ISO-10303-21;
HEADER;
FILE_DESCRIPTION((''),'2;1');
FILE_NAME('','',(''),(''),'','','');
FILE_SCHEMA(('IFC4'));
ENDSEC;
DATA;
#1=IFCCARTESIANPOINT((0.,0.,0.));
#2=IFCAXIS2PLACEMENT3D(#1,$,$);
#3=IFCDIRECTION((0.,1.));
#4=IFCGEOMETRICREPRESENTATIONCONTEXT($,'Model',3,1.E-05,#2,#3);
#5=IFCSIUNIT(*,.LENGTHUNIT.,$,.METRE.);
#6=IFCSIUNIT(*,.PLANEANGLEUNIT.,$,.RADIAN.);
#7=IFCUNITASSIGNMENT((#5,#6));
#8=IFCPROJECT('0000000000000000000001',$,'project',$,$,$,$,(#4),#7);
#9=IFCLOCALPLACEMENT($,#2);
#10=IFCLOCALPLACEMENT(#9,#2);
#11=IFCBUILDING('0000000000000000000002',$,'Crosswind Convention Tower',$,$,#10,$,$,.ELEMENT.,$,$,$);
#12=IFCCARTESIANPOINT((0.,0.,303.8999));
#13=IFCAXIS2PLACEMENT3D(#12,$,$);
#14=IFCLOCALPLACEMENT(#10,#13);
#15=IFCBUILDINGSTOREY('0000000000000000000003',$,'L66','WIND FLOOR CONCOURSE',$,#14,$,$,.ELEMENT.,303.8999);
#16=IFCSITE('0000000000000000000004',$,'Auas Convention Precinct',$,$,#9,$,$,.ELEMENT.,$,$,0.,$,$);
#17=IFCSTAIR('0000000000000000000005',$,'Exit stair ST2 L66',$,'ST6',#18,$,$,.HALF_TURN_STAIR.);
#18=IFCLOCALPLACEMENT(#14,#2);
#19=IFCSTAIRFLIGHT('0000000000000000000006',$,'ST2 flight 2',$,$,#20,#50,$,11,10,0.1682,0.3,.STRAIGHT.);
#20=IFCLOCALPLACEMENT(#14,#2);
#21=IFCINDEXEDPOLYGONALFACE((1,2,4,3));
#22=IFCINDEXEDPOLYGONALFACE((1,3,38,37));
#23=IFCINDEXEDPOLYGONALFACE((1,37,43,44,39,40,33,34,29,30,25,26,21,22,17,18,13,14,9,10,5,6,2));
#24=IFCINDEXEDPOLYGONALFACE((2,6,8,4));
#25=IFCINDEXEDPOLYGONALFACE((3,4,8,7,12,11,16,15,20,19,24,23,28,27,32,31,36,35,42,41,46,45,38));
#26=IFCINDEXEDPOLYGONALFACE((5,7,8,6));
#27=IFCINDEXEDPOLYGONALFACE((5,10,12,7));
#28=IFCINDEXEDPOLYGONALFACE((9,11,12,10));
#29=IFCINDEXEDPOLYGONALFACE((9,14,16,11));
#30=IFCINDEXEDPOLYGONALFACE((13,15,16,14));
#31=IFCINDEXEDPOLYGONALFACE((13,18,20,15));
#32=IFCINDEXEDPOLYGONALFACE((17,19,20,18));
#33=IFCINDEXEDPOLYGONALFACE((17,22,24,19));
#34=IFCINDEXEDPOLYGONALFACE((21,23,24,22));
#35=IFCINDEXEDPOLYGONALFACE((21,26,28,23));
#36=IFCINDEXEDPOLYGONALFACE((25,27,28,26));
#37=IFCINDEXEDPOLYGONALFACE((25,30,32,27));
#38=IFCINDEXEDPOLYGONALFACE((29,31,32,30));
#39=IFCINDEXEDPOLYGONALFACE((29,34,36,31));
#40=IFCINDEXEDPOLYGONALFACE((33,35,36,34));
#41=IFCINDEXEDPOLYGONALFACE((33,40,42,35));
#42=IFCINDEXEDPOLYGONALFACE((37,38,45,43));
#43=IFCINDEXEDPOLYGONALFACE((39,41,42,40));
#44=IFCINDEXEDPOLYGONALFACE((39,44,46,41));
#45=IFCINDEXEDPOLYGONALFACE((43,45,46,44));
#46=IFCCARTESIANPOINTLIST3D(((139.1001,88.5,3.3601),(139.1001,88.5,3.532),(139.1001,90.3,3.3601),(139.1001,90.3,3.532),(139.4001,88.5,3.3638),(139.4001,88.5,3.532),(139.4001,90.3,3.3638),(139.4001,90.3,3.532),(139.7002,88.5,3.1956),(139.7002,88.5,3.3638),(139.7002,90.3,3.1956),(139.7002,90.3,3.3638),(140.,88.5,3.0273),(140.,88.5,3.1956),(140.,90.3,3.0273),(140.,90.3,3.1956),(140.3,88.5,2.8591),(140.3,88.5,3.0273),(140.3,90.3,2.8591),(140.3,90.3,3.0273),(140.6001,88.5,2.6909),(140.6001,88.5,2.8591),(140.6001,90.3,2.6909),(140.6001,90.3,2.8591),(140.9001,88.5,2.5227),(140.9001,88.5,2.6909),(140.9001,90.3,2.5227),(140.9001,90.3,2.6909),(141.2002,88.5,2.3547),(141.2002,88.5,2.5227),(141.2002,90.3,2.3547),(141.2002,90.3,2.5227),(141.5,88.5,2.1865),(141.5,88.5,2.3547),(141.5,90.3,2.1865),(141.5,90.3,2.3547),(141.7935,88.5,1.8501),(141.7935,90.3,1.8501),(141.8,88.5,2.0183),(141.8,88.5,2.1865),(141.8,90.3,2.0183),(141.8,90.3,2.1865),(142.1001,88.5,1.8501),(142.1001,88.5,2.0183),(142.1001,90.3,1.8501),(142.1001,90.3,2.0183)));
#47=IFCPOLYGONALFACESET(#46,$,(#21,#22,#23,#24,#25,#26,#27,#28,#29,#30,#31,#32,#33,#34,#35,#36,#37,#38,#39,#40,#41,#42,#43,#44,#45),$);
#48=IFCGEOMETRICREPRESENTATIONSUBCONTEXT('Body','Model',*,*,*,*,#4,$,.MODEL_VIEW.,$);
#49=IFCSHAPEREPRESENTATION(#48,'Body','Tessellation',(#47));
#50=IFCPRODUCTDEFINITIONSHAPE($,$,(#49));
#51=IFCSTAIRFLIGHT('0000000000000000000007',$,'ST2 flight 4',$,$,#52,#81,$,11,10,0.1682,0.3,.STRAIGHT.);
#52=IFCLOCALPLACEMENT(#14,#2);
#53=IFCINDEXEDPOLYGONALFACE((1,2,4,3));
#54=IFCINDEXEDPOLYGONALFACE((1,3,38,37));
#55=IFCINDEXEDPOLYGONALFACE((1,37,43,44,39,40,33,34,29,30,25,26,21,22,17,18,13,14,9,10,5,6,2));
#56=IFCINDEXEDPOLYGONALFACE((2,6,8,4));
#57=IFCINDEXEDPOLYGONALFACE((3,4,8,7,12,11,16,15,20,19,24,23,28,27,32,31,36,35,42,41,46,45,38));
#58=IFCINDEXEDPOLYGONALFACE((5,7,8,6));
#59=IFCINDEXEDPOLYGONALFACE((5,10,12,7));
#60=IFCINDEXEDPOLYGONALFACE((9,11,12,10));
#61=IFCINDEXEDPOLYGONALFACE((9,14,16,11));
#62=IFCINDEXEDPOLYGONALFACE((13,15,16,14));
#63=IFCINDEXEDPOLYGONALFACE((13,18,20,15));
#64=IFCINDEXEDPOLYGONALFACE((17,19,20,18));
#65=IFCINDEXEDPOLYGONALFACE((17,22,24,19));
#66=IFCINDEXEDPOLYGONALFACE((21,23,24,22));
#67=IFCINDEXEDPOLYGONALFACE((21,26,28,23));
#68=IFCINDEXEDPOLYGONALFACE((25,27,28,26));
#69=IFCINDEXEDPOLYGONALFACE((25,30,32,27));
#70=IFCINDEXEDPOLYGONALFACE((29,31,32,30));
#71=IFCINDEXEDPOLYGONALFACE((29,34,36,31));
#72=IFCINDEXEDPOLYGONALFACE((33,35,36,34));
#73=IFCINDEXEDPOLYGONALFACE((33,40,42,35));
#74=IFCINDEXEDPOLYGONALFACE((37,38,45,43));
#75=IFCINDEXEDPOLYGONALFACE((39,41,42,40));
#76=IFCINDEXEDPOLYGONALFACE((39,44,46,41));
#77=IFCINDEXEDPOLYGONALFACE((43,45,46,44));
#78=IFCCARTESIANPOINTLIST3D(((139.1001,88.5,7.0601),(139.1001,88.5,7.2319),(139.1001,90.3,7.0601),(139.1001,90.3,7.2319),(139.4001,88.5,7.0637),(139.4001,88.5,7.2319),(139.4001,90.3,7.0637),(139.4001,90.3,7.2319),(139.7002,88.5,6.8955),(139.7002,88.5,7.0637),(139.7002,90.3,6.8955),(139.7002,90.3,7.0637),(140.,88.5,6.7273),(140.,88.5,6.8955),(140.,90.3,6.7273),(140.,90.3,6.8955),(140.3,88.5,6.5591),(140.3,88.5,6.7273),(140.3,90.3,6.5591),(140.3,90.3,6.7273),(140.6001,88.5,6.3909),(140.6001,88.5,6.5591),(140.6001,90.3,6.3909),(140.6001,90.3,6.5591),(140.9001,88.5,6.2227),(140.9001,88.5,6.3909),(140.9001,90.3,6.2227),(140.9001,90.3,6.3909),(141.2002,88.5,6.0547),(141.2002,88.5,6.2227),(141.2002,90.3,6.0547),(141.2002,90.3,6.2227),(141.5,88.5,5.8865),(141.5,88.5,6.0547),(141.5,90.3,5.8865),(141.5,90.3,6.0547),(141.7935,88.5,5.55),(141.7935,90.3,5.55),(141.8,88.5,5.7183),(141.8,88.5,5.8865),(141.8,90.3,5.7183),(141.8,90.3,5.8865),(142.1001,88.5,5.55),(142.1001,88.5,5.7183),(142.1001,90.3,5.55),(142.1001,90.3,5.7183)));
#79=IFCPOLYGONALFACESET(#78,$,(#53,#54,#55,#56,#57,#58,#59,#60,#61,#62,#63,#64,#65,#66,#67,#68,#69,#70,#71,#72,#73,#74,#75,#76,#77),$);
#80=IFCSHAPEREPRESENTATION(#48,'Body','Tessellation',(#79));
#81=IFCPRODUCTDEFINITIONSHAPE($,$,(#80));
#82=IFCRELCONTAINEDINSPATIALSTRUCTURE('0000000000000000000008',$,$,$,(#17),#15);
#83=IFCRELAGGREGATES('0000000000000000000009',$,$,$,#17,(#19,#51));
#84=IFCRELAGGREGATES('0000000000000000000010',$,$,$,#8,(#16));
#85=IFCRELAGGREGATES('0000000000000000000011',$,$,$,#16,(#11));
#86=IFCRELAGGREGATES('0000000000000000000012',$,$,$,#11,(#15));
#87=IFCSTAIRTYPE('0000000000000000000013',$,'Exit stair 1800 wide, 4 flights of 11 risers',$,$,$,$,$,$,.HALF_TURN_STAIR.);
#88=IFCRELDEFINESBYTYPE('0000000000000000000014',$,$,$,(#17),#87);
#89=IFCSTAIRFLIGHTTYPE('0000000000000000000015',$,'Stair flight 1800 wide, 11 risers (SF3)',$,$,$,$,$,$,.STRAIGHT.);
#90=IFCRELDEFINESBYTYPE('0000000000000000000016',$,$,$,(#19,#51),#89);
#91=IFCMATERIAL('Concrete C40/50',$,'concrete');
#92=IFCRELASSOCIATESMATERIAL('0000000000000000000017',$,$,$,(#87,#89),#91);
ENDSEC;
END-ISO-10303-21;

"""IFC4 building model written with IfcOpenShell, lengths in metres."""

from ifc_helpers import new_model, si_unit, direction, frame, origin, place, context, subcontext, project, spatial, polyline, outline, extrude, material, type_object, element, aggregate, save


model = new_model("IFC4")

# Units and contexts
model_context = context("Model", 3, precision=1e-05, world=origin(), true_north=direction((0.0, 1.0)))
body_context = subcontext(model_context, "Body", "Model", "MODEL_VIEW")
ifc_project = project(units=[si_unit("LENGTHUNIT", "METRE"), si_unit("PLANEANGLEUNIT", "RADIAN")], contexts=[model_context])

# Site, building, storey
site_placement = place(None, origin())
site = spatial("IfcSite", under=ifc_project, at=site_placement, Name="Auas Convention Precinct", CompositionType="ELEMENT", RefElevation=0.0)
building_placement = place(site_placement, origin())
building = spatial("IfcBuilding", under=site, at=building_placement, Name="Crosswind Convention Tower", CompositionType="ELEMENT")
storey_placement = place(building_placement, frame((0.0, 0.0, 303.8999)))
storey = spatial("IfcBuildingStorey", under=building, at=storey_placement, Name="L66", Description="WIND FLOOR CONCOURSE", CompositionType="ELEMENT", Elevation=303.8999)

# Stair, stair flights
ifc_material_1 = material(Name="Concrete C40/50", Category="concrete")
stair_type = type_object("IfcStairType", Name="Exit stair 1800 wide, 4 flights of 11 risers", PredefinedType="HALF_TURN_STAIR", material=ifc_material_1)
stair_placement = place(storey_placement, origin())
stair = element("IfcStair", 1, at=stair_placement, inside=storey, type_object=stair_type, Name="Exit stair ST2 L66", ObjectType="ST6", PredefinedType="HALF_TURN_STAIR")
stair_flight_type = type_object("IfcStairFlightType", Name="Stair flight 1800 wide, 11 risers (SF3)", PredefinedType="STRAIGHT", material=ifc_material_1)
stair_flight_1_placement = place(storey_placement, frame((142.1001, 89.3999, 1.8501), z_axis=(0.0, 0.0, 1.0), x_axis=(-1.0, 0.0, 0.0)))
stair_flight_1 = element("IfcStairFlight", 2, at=stair_flight_1_placement, type_object=stair_flight_type, Name="ST2 flight 2", NumberOfRisers=11, NumberOfTreads=10, PredefinedType="STRAIGHT", RiserHeight=0.1682, TreadLength=0.3, context=body_context, shape_type="SweptSolid", body=[
    extrude(outline(polyline([(0.0, 0.0), (0.0, 0.1682), (0.3, 0.1682), (0.3, 0.3364), (0.6001, 0.3364), (0.6001, 0.5046), (0.8999, 0.5046), (0.8999, 0.6726), (1.2, 0.6726), (1.2, 0.8408), (1.5, 0.8408), (1.5, 1.009), (1.8, 1.009), (1.8, 1.1772), (2.1001, 1.1772), (2.1001, 1.3455), (2.3999, 1.3455), (2.3999, 1.5137), (2.7, 1.5137), (2.7, 1.6819), (3.0, 1.6819), (3.0, 1.8501), (3.0, 1.51), (0.3066, 0.0), (0.0, 0.0)])), frame((0.0, 0.8999, 0.0), z_axis=(0.0, -1.0, 0.0), x_axis=(1.0, 0.0, 0.0)), (0.0, 0.0, 1.0), 1.8),
])
stair_flight_2_placement = place(storey_placement, frame((142.1001, 89.3999, 5.55), z_axis=(0.0, 0.0, 1.0), x_axis=(-1.0, 0.0, 0.0)))
stair_flight_2 = element("IfcStairFlight", 3, at=stair_flight_2_placement, type_object=stair_flight_type, Name="ST2 flight 4", NumberOfRisers=11, NumberOfTreads=10, PredefinedType="STRAIGHT", RiserHeight=0.1682, TreadLength=0.3, context=body_context, shape_type="SweptSolid", body=[
    extrude(outline(polyline([(0.0, 0.0), (0.0, 0.1682), (0.3, 0.1682), (0.3, 0.3364), (0.6001, 0.3364), (0.6001, 0.5046), (0.8999, 0.5046), (0.8999, 0.6726), (1.2, 0.6726), (1.2, 0.8408), (1.5, 0.8408), (1.5, 1.009), (1.8, 1.009), (1.8, 1.1772), (2.1001, 1.1772), (2.1001, 1.3455), (2.3999, 1.3455), (2.3999, 1.5137), (2.7, 1.5137), (2.7, 1.6819), (3.0, 1.6819), (3.0, 1.8501), (3.0, 1.51), (0.3066, 0.0), (0.0, 0.0)])), frame((0.0, 0.8999, 0.0), z_axis=(0.0, -1.0, 0.0), x_axis=(1.0, 0.0, 0.0)), (0.0, 0.0, 1.0), 1.8),
])
aggregate(stair, [stair_flight_1, stair_flight_2])

save(model, "model.ifc")
